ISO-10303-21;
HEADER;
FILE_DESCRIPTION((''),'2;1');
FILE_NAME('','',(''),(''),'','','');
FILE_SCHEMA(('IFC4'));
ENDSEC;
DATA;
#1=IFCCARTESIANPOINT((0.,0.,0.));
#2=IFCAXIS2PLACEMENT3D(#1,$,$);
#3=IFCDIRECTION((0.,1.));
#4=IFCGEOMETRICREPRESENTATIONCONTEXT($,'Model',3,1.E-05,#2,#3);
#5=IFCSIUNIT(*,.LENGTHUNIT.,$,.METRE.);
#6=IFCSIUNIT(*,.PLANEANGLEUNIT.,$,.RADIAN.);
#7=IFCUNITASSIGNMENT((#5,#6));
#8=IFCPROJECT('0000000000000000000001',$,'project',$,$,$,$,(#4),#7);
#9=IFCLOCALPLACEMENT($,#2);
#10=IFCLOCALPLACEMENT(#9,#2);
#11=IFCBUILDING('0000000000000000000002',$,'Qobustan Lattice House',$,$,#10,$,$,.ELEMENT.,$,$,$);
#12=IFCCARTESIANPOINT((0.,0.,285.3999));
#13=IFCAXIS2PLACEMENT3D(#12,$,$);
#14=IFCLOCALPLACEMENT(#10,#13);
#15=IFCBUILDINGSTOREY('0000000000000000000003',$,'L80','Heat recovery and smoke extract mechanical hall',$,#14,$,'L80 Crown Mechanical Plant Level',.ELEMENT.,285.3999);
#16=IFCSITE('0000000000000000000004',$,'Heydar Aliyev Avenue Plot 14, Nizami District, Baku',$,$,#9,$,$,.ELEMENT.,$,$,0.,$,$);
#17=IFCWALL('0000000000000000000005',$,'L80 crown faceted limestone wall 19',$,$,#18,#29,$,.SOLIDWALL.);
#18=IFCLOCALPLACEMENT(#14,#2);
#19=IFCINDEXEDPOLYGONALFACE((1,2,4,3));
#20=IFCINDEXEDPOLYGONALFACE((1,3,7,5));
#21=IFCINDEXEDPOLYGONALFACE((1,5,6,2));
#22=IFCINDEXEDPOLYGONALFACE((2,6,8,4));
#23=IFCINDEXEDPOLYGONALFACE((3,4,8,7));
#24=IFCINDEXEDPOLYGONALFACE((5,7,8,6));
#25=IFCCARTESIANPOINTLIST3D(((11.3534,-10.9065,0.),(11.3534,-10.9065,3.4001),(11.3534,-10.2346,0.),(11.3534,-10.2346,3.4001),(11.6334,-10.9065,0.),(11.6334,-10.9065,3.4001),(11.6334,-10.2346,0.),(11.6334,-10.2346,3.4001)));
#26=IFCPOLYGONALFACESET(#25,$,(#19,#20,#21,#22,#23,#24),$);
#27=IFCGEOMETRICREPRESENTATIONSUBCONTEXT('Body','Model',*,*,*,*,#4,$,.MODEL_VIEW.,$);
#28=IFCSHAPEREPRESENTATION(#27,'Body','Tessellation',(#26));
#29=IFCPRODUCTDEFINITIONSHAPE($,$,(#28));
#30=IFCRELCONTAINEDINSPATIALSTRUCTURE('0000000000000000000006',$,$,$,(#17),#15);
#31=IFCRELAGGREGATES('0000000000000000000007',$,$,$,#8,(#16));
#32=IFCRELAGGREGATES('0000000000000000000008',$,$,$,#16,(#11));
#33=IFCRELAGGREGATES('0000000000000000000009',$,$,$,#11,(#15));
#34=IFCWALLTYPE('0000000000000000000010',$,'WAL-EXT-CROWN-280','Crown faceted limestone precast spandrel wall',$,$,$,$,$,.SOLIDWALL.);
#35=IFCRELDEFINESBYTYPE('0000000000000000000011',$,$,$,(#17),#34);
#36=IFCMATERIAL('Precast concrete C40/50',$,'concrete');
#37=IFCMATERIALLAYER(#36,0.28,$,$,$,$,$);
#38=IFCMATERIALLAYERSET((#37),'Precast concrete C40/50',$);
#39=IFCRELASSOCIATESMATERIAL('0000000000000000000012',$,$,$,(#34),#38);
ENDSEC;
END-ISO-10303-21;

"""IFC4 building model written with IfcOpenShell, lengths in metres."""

from ifc_helpers import new_model, si_unit, direction, frame, frame_2d, origin, place, context, subcontext, project, spatial, rectangle, extrude, material, layer, layer_set, type_object, element, save


model = new_model("IFC4")

# Units and contexts
model_context = context("Model", 3, precision=1e-05, world=origin(), true_north=direction((0.0, 1.0)))
body_context = subcontext(model_context, "Body", "Model", "MODEL_VIEW")
ifc_project = project(units=[si_unit("LENGTHUNIT", "METRE"), si_unit("PLANEANGLEUNIT", "RADIAN")], contexts=[model_context])

# Site, building, storey
site_placement = place(None, origin())
site = spatial("IfcSite", under=ifc_project, at=site_placement, Name="Heydar Aliyev Avenue Plot 14, Nizami District, Baku", CompositionType="ELEMENT", RefElevation=0.0)
building_placement = place(site_placement, origin())
building = spatial("IfcBuilding", under=site, at=building_placement, Name="Qobustan Lattice House", CompositionType="ELEMENT")
storey_placement = place(building_placement, frame((0.0, 0.0, 285.3999)))
storey = spatial("IfcBuildingStorey", under=building, at=storey_placement, Name="L80", Description="Heat recovery and smoke extract mechanical hall", LongName="L80 Crown Mechanical Plant Level", CompositionType="ELEMENT", Elevation=285.3999)

# Wall
ifc_material_1 = material(Name="Precast concrete C40/50", Category="concrete")
ifc_layer_1 = layer(ifc_material_1, 0.28)
ifc_layer_set_1 = layer_set([ifc_layer_1], Name="Precast concrete C40/50")
wall_type = type_object("IfcWallType", Name="WAL-EXT-CROWN-280", Description="Crown faceted limestone precast spandrel wall", PredefinedType="SOLIDWALL", material=ifc_layer_set_1)
wall_1_placement = place(storey_placement, frame((11.4934, -10.2346, 0.0), z_axis=(0.0, 0.0, 1.0), x_axis=(0.0, -1.0, 0.0)))
element("IfcWall", 1, at=wall_1_placement, inside=storey, type_object=wall_type, Name="L80 crown faceted limestone wall 19", PredefinedType="SOLIDWALL", context=body_context, shape_type="SweptSolid", body=[
    extrude(rectangle(XDim=0.6719, YDim=0.28, at=frame_2d((0.3359, 0.0))), origin(), (0.0, 0.0, 1.0), 3.4001),
])

save(model, "model.ifc")
